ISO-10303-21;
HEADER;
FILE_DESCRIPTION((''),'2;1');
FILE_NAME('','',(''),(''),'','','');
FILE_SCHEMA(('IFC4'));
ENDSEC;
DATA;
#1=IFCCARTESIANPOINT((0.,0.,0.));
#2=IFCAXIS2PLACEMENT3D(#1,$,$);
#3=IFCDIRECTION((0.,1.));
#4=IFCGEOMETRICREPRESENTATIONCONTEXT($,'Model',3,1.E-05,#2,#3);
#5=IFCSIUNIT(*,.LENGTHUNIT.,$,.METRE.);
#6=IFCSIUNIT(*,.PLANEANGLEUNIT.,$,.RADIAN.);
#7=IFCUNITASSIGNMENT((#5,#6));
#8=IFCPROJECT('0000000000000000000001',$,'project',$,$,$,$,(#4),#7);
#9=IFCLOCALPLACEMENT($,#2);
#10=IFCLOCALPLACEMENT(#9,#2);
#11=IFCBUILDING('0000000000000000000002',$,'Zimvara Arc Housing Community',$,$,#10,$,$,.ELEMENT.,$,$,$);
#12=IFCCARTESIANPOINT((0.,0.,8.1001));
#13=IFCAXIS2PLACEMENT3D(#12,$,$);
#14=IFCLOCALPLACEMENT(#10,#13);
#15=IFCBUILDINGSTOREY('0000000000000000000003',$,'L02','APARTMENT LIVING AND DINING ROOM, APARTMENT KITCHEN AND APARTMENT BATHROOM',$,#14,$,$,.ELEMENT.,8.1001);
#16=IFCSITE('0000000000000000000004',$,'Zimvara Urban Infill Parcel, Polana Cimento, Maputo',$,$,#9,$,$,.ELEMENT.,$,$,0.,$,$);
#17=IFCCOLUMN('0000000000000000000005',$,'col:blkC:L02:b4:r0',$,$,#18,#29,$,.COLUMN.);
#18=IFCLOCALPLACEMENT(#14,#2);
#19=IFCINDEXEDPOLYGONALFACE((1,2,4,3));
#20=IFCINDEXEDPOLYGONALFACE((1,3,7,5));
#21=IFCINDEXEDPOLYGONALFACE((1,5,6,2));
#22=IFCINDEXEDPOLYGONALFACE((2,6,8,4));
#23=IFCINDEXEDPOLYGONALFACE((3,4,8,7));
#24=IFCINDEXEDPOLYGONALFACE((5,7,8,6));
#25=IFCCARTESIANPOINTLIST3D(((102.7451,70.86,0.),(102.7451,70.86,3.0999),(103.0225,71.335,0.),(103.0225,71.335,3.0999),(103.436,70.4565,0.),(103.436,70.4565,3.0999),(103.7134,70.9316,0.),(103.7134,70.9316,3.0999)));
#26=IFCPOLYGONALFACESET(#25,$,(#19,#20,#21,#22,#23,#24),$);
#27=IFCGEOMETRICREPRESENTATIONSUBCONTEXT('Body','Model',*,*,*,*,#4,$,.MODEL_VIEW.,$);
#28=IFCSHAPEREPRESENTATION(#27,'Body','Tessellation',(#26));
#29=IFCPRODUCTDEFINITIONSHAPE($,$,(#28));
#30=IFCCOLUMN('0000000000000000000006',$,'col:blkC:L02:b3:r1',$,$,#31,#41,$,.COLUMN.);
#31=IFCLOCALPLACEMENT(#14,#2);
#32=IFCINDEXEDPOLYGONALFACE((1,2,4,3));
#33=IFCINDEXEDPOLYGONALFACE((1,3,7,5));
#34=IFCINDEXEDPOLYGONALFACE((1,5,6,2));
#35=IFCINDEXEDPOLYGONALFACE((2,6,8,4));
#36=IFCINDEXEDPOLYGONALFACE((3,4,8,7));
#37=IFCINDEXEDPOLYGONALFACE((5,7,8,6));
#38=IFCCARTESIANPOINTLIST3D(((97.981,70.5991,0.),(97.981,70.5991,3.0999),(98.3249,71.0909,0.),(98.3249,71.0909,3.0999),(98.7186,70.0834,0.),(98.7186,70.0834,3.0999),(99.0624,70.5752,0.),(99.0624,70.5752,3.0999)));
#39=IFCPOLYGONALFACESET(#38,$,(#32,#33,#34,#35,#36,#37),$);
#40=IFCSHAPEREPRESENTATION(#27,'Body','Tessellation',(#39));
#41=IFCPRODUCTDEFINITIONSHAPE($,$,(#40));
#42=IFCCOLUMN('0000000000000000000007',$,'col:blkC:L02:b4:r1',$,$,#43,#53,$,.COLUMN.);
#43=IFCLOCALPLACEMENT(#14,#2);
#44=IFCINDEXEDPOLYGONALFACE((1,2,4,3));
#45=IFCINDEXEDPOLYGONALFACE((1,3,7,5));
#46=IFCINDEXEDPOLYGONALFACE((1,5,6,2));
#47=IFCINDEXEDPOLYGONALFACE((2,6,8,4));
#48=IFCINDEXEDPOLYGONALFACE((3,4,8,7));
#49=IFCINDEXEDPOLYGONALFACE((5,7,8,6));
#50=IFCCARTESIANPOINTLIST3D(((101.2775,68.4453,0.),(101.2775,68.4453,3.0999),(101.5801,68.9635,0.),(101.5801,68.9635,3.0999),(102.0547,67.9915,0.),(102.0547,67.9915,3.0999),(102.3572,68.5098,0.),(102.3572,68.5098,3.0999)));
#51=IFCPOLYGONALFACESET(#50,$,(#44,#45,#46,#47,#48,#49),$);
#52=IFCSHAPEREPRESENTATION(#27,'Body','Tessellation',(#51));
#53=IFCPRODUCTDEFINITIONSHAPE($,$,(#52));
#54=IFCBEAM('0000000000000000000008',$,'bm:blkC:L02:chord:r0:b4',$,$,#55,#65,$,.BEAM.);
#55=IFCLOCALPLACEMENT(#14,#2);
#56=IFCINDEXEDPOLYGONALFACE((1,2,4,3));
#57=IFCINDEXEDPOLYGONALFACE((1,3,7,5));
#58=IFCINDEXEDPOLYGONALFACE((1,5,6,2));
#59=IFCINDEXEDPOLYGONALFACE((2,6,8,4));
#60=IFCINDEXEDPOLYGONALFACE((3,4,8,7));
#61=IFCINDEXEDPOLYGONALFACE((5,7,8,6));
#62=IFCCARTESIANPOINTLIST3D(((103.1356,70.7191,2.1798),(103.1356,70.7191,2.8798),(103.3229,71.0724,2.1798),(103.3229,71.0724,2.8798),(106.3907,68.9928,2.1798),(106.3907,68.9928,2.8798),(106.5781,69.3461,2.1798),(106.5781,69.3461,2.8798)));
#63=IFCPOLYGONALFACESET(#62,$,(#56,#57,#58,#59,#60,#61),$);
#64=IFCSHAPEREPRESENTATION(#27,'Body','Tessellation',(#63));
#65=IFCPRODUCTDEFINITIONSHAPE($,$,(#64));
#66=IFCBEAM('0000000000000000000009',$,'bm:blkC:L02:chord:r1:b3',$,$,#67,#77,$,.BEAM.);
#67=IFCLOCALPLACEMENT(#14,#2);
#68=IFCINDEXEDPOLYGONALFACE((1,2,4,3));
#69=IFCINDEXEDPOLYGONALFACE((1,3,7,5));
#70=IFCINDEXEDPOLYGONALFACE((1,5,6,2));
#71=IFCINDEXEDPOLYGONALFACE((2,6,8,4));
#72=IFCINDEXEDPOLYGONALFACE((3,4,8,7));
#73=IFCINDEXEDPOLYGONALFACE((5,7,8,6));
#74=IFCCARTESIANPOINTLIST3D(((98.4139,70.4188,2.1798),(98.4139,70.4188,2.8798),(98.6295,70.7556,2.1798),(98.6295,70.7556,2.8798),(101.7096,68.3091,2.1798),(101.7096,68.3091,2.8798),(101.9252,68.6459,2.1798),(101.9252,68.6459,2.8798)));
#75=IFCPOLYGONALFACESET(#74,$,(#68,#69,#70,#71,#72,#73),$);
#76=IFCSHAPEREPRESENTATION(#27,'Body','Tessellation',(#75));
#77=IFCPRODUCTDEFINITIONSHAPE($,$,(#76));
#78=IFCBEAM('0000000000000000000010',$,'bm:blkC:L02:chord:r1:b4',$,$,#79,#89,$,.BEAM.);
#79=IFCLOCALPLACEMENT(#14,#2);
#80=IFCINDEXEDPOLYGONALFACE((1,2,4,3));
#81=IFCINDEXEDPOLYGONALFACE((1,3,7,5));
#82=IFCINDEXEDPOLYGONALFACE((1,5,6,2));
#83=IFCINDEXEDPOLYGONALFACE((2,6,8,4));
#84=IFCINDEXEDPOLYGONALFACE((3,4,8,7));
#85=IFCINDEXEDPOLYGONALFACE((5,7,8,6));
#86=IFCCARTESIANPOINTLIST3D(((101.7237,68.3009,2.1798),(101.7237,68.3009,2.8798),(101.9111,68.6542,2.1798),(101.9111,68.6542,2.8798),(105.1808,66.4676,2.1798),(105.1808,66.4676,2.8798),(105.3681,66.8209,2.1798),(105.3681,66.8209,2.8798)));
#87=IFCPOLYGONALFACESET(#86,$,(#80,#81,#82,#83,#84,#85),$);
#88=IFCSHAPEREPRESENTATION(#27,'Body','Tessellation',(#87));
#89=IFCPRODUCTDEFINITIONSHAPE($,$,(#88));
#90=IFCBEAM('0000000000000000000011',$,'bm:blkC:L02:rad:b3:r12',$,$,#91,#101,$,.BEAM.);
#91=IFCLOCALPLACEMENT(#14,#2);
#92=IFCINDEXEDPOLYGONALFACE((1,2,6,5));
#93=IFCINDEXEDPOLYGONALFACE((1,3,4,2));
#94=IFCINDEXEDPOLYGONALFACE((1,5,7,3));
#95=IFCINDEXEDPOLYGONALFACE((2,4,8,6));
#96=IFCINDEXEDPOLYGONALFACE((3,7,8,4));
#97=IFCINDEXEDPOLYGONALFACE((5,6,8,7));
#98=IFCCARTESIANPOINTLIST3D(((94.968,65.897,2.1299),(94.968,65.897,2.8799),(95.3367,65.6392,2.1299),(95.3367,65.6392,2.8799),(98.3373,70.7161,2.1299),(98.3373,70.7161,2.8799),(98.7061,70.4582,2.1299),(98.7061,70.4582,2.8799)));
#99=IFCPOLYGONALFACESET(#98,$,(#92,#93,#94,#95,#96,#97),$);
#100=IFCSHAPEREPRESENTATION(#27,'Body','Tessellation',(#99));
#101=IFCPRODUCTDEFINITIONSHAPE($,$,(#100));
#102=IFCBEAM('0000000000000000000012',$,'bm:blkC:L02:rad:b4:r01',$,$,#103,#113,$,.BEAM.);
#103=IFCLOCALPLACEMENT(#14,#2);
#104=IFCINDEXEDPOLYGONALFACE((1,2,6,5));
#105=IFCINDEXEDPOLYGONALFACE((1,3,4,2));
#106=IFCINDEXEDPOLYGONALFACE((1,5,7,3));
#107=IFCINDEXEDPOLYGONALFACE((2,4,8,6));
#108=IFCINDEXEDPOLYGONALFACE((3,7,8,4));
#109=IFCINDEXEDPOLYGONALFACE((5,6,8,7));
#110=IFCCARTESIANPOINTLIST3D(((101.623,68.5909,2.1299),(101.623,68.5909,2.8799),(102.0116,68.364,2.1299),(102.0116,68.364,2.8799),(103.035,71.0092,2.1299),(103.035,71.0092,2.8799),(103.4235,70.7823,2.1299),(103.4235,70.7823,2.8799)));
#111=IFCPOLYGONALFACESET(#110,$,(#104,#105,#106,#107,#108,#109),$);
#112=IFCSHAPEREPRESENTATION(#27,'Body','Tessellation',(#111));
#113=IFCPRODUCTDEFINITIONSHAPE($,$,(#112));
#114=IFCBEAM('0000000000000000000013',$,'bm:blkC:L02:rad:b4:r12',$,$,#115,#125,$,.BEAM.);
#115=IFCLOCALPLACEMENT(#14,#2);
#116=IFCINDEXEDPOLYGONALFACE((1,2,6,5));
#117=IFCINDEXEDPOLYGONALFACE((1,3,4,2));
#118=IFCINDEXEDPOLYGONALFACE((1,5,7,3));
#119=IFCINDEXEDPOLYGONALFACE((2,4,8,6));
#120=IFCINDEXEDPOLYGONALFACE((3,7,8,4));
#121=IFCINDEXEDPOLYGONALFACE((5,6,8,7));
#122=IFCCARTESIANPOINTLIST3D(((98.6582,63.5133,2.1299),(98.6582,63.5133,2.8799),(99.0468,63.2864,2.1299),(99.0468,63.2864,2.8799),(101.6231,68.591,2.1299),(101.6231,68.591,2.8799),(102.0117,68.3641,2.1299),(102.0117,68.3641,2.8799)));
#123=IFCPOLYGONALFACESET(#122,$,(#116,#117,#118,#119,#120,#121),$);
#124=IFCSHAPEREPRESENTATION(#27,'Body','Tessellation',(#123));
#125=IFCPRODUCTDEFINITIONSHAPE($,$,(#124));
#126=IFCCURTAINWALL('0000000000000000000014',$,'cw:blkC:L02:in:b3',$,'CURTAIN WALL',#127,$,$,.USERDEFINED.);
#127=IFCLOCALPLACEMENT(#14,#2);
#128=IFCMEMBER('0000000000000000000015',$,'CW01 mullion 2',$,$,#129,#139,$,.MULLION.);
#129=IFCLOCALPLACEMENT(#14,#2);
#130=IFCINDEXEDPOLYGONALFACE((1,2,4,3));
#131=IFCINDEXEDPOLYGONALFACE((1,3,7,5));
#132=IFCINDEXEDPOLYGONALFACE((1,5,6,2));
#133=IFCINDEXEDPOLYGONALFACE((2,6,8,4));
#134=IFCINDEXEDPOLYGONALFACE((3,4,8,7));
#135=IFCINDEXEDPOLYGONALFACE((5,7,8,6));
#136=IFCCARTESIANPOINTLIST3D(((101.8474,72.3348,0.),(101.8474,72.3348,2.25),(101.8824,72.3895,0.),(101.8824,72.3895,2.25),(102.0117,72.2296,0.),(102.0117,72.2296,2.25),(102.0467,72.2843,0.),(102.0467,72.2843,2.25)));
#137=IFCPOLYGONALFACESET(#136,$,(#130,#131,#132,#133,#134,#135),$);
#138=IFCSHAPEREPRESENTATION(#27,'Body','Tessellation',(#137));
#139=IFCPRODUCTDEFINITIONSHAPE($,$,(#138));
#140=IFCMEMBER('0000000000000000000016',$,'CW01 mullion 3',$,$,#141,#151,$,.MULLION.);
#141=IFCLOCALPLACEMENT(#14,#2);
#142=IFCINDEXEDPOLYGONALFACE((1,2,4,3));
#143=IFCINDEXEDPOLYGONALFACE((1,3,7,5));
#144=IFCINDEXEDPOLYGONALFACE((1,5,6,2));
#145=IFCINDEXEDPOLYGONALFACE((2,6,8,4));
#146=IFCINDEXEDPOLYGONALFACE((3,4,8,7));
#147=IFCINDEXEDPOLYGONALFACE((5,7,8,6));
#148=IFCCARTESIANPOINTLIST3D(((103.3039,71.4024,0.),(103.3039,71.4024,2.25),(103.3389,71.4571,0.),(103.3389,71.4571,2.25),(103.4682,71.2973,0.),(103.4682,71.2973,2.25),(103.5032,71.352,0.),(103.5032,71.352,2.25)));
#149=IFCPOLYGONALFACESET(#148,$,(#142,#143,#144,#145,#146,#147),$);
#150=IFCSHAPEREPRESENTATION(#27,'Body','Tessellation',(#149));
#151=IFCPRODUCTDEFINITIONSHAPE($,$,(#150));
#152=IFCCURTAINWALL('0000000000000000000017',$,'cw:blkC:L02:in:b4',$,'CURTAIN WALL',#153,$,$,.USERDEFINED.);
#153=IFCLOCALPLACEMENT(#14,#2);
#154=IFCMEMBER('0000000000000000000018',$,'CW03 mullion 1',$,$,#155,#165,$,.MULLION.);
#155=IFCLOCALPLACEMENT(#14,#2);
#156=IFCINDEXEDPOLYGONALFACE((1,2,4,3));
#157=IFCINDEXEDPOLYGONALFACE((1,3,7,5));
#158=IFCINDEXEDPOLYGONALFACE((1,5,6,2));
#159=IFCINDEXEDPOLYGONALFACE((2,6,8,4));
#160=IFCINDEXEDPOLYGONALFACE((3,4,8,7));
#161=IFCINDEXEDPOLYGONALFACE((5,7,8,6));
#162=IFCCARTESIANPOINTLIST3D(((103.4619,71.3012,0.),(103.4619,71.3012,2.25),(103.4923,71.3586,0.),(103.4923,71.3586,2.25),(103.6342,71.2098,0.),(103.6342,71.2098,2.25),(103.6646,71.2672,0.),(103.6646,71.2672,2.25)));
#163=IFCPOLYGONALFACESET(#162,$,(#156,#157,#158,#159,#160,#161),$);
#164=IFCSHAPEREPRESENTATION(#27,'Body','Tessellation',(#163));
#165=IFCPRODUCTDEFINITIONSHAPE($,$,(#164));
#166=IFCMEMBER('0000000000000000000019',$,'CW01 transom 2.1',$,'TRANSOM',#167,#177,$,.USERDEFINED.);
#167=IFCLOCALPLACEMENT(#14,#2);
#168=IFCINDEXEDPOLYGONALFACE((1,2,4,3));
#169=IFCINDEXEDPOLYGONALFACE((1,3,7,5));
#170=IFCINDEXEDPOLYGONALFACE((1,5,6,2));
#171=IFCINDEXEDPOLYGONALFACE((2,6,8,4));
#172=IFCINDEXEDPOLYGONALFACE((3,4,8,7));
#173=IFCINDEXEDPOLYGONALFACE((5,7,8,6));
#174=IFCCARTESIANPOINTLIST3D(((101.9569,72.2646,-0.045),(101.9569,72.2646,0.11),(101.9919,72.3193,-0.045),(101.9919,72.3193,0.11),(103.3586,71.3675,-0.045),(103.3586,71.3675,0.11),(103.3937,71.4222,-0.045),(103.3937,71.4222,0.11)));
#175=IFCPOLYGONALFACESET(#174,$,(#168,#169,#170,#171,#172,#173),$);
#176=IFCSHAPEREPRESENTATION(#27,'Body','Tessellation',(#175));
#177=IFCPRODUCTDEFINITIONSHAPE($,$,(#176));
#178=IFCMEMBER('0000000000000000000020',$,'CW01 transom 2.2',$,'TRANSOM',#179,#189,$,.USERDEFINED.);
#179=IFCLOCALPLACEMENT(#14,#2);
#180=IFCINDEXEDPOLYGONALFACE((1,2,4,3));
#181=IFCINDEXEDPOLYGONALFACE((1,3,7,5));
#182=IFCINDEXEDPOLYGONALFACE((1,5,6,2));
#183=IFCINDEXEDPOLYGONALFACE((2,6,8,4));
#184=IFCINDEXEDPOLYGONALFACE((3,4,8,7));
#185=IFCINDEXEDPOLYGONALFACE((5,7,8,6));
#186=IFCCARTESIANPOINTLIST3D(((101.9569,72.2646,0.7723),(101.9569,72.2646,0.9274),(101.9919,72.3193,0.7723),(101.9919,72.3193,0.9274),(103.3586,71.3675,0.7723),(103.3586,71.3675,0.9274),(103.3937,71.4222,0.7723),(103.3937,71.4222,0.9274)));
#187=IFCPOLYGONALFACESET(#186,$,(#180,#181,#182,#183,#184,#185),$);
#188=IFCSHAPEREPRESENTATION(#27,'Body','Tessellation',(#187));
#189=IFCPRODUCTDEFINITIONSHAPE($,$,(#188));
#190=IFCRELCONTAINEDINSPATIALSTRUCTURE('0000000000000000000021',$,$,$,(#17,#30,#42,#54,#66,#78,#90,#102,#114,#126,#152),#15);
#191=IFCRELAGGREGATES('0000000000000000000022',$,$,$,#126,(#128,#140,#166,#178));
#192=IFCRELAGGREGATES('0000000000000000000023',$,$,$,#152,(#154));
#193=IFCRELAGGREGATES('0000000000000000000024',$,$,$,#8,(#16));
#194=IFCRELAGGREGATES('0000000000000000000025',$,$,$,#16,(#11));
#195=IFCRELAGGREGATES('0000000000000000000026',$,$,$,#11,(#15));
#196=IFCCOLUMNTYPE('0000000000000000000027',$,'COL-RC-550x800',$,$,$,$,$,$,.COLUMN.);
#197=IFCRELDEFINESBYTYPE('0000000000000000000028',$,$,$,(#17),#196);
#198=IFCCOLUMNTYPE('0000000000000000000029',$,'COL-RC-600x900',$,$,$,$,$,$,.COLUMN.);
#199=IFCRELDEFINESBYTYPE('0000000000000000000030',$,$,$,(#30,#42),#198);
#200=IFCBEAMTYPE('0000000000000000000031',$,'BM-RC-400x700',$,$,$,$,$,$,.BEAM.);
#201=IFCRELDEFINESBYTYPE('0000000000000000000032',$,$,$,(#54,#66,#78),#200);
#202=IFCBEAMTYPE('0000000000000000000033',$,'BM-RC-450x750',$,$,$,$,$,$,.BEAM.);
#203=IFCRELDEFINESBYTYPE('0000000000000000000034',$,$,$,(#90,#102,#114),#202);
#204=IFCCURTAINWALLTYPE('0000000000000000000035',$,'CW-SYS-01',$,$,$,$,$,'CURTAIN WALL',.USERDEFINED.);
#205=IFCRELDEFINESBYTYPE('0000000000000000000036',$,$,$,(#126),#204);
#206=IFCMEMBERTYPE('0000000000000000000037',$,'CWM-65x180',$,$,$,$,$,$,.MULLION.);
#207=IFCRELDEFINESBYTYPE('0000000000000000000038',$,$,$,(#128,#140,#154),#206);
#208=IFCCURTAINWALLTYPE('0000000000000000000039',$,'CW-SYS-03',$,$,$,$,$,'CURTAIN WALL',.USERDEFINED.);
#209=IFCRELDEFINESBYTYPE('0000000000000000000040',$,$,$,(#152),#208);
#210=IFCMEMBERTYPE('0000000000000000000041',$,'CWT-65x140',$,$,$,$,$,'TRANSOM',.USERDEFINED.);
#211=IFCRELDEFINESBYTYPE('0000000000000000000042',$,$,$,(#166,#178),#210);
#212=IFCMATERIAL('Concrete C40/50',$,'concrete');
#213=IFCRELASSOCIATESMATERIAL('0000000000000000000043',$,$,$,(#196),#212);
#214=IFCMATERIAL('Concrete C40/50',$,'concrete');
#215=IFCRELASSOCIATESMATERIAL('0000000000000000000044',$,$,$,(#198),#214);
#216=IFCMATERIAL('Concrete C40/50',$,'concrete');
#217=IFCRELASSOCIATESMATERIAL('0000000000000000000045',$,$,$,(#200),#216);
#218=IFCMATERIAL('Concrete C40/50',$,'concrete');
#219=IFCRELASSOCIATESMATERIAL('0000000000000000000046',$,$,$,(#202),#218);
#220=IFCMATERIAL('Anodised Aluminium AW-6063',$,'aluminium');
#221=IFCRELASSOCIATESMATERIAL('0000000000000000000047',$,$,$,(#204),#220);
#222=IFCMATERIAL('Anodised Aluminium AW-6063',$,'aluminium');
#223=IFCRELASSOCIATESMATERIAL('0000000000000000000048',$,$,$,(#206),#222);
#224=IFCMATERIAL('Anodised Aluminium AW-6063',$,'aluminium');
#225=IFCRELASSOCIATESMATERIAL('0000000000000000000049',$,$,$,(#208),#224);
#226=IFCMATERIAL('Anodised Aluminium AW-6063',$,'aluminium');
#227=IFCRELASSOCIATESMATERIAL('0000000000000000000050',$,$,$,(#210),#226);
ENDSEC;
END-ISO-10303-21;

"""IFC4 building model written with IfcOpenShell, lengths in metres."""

from ifc_helpers import new_model, si_unit, direction, frame, origin, origin_2d, place, context, subcontext, project, spatial, rectangle, extrude, material, material_profile, profile_set, type_object, element, aggregate, save


model = new_model("IFC4")

# Units and contexts
model_context = context("Model", 3, precision=1e-05, world=origin(), true_north=direction((0.0, 1.0)))
body_context = subcontext(model_context, "Body", "Model", "MODEL_VIEW")
ifc_project = project(units=[si_unit("LENGTHUNIT", "METRE"), si_unit("PLANEANGLEUNIT", "RADIAN")], contexts=[model_context])

# Site, building, storey
site_placement = place(None, origin())
site = spatial("IfcSite", under=ifc_project, at=site_placement, Name="Zimvara Urban Infill Parcel, Polana Cimento, Maputo", CompositionType="ELEMENT", RefElevation=0.0)
building_placement = place(site_placement, origin())
building = spatial("IfcBuilding", under=site, at=building_placement, Name="Zimvara Arc Housing Community", CompositionType="ELEMENT")
storey_placement = place(building_placement, frame((0.0, 0.0, 8.1001)))
storey = spatial("IfcBuildingStorey", under=building, at=storey_placement, Name="L02", Description="APARTMENT LIVING AND DINING ROOM, APARTMENT KITCHEN AND APARTMENT BATHROOM", CompositionType="ELEMENT", Elevation=8.1001)

# Columns
ifc_material_1 = material(Name="Concrete C40/50", Category="concrete")
ifc_material_profile_1 = material_profile(ifc_material_1, rectangle(XDim=0.55, YDim=0.8, at=origin_2d()), Name="RC 550x800")
ifc_profile_set_1 = profile_set([ifc_material_profile_1], Name="Concrete C40/50")
column_type_1 = type_object("IfcColumnType", Name="COL-RC-550x800", PredefinedType="COLUMN", material=ifc_profile_set_1)
column_placement = place(storey_placement, frame((103.2292, 70.8958, 0.0), z_axis=(0.0, 0.0, 1.0), x_axis=(-0.504226, -0.863572, 0.0)))
element("IfcColumn", 1, at=column_placement, inside=storey, type_object=column_type_1, Name="col:blkC:L02:b4:r0", PredefinedType="COLUMN", context=body_context, shape_type="SweptSolid", body=[
    extrude(rectangle(XDim=0.55, YDim=0.8, at=origin_2d()), origin(), (0.0, 0.0, 1.0), 3.0999),
])
ifc_material_2 = material(Name="Concrete C40/50", Category="concrete")
ifc_material_profile_2 = material_profile(ifc_material_2, rectangle(XDim=0.6001, YDim=0.8999, at=origin_2d()), Name="RC 600x900")
ifc_profile_set_2 = profile_set([ifc_material_profile_2], Name="Concrete C40/50")
column_type_2 = type_object("IfcColumnType", Name="COL-RC-600x900", PredefinedType="COLUMN", material=ifc_profile_set_2)
for number, where, z_axis, x_axis, name in (
    (2, (98.5217, 70.5872, 0.0), (0.0, 0.0, 1.0), (-0.573004, -0.819552, 0.0), "col:blkC:L02:b3:r1"),
    (3, (101.8174, 68.4775, 0.0), (0.0, 0.0, 1.0), (-0.504226, -0.863572, 0.0), "col:blkC:L02:b4:r1"),
):
    element("IfcColumn", number, at=place(storey_placement, frame(where, z_axis=z_axis, x_axis=x_axis)), inside=storey, type_object=column_type_2, Name=name, PredefinedType="COLUMN", context=body_context, shape_type="SweptSolid", body=[
        extrude(rectangle(XDim=0.6001, YDim=0.8999, at=origin_2d()), origin(), (0.0, 0.0, 1.0), 3.0999),
    ])

# Beams
ifc_material_3 = material(Name="Concrete C40/50", Category="concrete")
ifc_material_profile_3 = material_profile(ifc_material_3, rectangle(XDim=0.3999, YDim=0.7, at=origin_2d()), Name="RC 400x700")
ifc_profile_set_3 = profile_set([ifc_material_profile_3], Name="Concrete C40/50")
beam_type_1 = type_object("IfcBeamType", Name="BM-RC-400x700", PredefinedType="BEAM", material=ifc_profile_set_3)
beam_1_placement = place(storey_placement, frame((103.2292, 70.8958, 2.5298), z_axis=(0.883449, -0.468527, 0.0), x_axis=(0.468527, 0.883449, 0.0)))
element("IfcBeam", 4, at=beam_1_placement, inside=storey, type_object=beam_type_1, Name="bm:blkC:L02:chord:r0:b4", PredefinedType="BEAM", context=body_context, shape_type="SweptSolid", body=[
    extrude(rectangle(XDim=0.3999, YDim=0.7, at=origin_2d()), origin(), (0.0, 0.0, 1.0), 3.6846),
])
for number, where, z_axis, x_axis, name in (
    (5, (98.5217, 70.5872, 2.5298), (0.842225, -0.539126, 0.0), (0.539126, 0.842225, 0.0), "bm:blkC:L02:chord:r1:b3"),
    (6, (101.8174, 68.4775, 2.5298), (0.883464, -0.468498, 0.0), (0.468498, 0.883464, 0.0), "bm:blkC:L02:chord:r1:b4"),
):
    element("IfcBeam", number, at=place(storey_placement, frame(where, z_axis=z_axis, x_axis=x_axis)), inside=storey, type_object=beam_type_1, Name=name, PredefinedType="BEAM", context=body_context, shape_type="SweptSolid", body=[
        extrude(rectangle(XDim=0.3999, YDim=0.7, at=origin_2d()), origin(), (0.0, 0.0, 1.0), 3.9131),
    ])
ifc_material_4 = material(Name="Concrete C40/50", Category="concrete")
ifc_material_profile_4 = material_profile(ifc_material_4, rectangle(XDim=0.45, YDim=0.75, at=origin_2d()), Name="RC 450x750")
ifc_profile_set_4 = profile_set([ifc_material_profile_4], Name="Concrete C40/50")
beam_type_2 = type_object("IfcBeamType", Name="BM-RC-450x750", PredefinedType="BEAM", material=ifc_profile_set_4)
beam_2_placement = place(storey_placement, frame((98.5217, 70.5872, 2.5049), z_axis=(-0.573008, -0.81955, 0.0), x_axis=(0.81955, -0.573008, 0.0)))
element("IfcBeam", 7, at=beam_2_placement, inside=storey, type_object=beam_type_2, Name="bm:blkC:L02:rad:b3:r12", PredefinedType="BEAM", context=body_context, shape_type="SweptSolid", body=[
    extrude(rectangle(XDim=0.45, YDim=0.75, at=origin_2d()), origin(), (0.0, 0.0, 1.0), 5.8801),
])
beam_3_placement = place(storey_placement, frame((103.2292, 70.8958, 2.5049), z_axis=(-0.504202, -0.863586, 0.0), x_axis=(0.863586, -0.504202, 0.0)))
element("IfcBeam", 8, at=beam_3_placement, inside=storey, type_object=beam_type_2, Name="bm:blkC:L02:rad:b4:r01", PredefinedType="BEAM", context=body_context, shape_type="SweptSolid", body=[
    extrude(rectangle(XDim=0.45, YDim=0.75, at=origin_2d()), origin(), (0.0, 0.0, 1.0), 2.8003),
])
beam_4_placement = place(storey_placement, frame((101.8174, 68.4775, 2.5049), z_axis=(-0.504238, -0.863565, 0.0), x_axis=(0.863565, -0.504238, 0.0)))
element("IfcBeam", 9, at=beam_4_placement, inside=storey, type_object=beam_type_2, Name="bm:blkC:L02:rad:b4:r12", PredefinedType="BEAM", context=body_context, shape_type="SweptSolid", body=[
    extrude(rectangle(XDim=0.45, YDim=0.75, at=origin_2d()), origin(), (0.0, 0.0, 1.0), 5.8799),
])

# Curtain wall, members
ifc_material_5 = material(Name="Anodised Aluminium AW-6063", Category="aluminium")
curtain_wall_type_1 = type_object("IfcCurtainWallType", Name="CW-SYS-01", ElementType="CURTAIN WALL", PredefinedType="USERDEFINED", material=ifc_material_5)
curtain_wall_1_placement = place(storey_placement, origin())
curtain_wall_1 = element("IfcCurtainWall", 10, at=curtain_wall_1_placement, inside=storey, type_object=curtain_wall_type_1, Name="cw:blkC:L02:in:b3", ObjectType="CURTAIN WALL", PredefinedType="USERDEFINED")
ifc_material_6 = material(Name="Anodised Aluminium AW-6063", Category="aluminium")
ifc_material_profile_5 = material_profile(ifc_material_6, rectangle(XDim=0.0649, YDim=0.1951, at=origin_2d()), Name="ALU 65x195")
ifc_profile_set_5 = profile_set([ifc_material_profile_5], Name="Anodised Aluminium AW-6063")
member_type_1 = type_object("IfcMemberType", Name="CWM-65x180", PredefinedType="MULLION", material=ifc_profile_set_5)
member_1_placement = place(storey_placement, frame((101.947, 72.3096, 0.0), z_axis=(0.0, 0.0, 1.0), x_axis=(0.539064, 0.842265, 0.0)))
member_1 = element("IfcMember", 11, at=member_1_placement, type_object=member_type_1, Name="CW01 mullion 2", PredefinedType="MULLION", context=body_context, shape_type="SweptSolid", body=[
    extrude(rectangle(XDim=0.0649, YDim=0.1951, at=origin_2d()), origin(), (0.0, 0.0, 1.0), 2.25),
])
member_2_placement = place(storey_placement, frame((103.4036, 71.3772, 0.0), z_axis=(0.0, 0.0, 1.0), x_axis=(0.539064, 0.842265, 0.0)))
member_2 = element("IfcMember", 12, at=member_2_placement, type_object=member_type_1, Name="CW01 mullion 3", PredefinedType="MULLION", context=body_context, shape_type="SweptSolid", body=[
    extrude(rectangle(XDim=0.0649, YDim=0.1951, at=origin_2d()), origin(), (0.0, 0.0, 1.0), 2.25),
])

# Curtain wall, member
ifc_material_7 = material(Name="Anodised Aluminium AW-6063", Category="aluminium")
curtain_wall_type_2 = type_object("IfcCurtainWallType", Name="CW-SYS-03", ElementType="CURTAIN WALL", PredefinedType="USERDEFINED", material=ifc_material_7)
curtain_wall_2_placement = place(storey_placement, origin())
curtain_wall_2 = element("IfcCurtainWall", 13, at=curtain_wall_2_placement, inside=storey, type_object=curtain_wall_type_2, Name="cw:blkC:L02:in:b4", ObjectType="CURTAIN WALL", PredefinedType="USERDEFINED")
member_3_placement = place(storey_placement, frame((103.5632, 71.2842, 0.0), z_axis=(0.0, 0.0, 1.0), x_axis=(0.468545, 0.88344, 0.0)))
member_3 = element("IfcMember", 14, at=member_3_placement, type_object=member_type_1, Name="CW03 mullion 1", PredefinedType="MULLION", context=body_context, shape_type="SweptSolid", body=[
    extrude(rectangle(XDim=0.0649, YDim=0.1951, at=origin_2d()), origin(), (0.0, 0.0, 1.0), 2.25),
])

# Members
ifc_material_8 = material(Name="Anodised Aluminium AW-6063", Category="aluminium")
ifc_material_profile_6 = material_profile(ifc_material_8, rectangle(XDim=0.0649, YDim=0.155, at=origin_2d()), Name="ALU 65x155")
ifc_profile_set_6 = profile_set([ifc_material_profile_6], Name="Anodised Aluminium AW-6063")
member_type_2 = type_object("IfcMemberType", Name="CWT-65x140", ElementType="TRANSOM", PredefinedType="USERDEFINED", material=ifc_profile_set_6)
member_4_placement = place(storey_placement, frame((101.9744, 72.292, 0.0325), z_axis=(0.842263, -0.539066, 0.0), x_axis=(0.539066, 0.842263, 0.0)))
member_4 = element("IfcMember", 15, at=member_4_placement, type_object=member_type_2, Name="CW01 transom 2.1", ObjectType="TRANSOM", PredefinedType="USERDEFINED", context=body_context, shape_type="SweptSolid", body=[
    extrude(rectangle(XDim=0.0649, YDim=0.155, at=origin_2d()), origin(), (0.0, 0.0, 1.0), 1.6643),
])
member_5_placement = place(storey_placement, frame((101.9744, 72.292, 0.8499), z_axis=(0.842263, -0.539066, 0.0), x_axis=(0.539066, 0.842263, 0.0)))
member_5 = element("IfcMember", 16, at=member_5_placement, type_object=member_type_2, Name="CW01 transom 2.2", ObjectType="TRANSOM", PredefinedType="USERDEFINED", context=body_context, shape_type="SweptSolid", body=[
    extrude(rectangle(XDim=0.0649, YDim=0.155, at=origin_2d()), origin(), (0.0, 0.0, 1.0), 1.6643),
])

aggregate(curtain_wall_1, [member_1, member_2, member_4, member_5])
aggregate(curtain_wall_2, [member_3])

save(model, "model.ifc")
